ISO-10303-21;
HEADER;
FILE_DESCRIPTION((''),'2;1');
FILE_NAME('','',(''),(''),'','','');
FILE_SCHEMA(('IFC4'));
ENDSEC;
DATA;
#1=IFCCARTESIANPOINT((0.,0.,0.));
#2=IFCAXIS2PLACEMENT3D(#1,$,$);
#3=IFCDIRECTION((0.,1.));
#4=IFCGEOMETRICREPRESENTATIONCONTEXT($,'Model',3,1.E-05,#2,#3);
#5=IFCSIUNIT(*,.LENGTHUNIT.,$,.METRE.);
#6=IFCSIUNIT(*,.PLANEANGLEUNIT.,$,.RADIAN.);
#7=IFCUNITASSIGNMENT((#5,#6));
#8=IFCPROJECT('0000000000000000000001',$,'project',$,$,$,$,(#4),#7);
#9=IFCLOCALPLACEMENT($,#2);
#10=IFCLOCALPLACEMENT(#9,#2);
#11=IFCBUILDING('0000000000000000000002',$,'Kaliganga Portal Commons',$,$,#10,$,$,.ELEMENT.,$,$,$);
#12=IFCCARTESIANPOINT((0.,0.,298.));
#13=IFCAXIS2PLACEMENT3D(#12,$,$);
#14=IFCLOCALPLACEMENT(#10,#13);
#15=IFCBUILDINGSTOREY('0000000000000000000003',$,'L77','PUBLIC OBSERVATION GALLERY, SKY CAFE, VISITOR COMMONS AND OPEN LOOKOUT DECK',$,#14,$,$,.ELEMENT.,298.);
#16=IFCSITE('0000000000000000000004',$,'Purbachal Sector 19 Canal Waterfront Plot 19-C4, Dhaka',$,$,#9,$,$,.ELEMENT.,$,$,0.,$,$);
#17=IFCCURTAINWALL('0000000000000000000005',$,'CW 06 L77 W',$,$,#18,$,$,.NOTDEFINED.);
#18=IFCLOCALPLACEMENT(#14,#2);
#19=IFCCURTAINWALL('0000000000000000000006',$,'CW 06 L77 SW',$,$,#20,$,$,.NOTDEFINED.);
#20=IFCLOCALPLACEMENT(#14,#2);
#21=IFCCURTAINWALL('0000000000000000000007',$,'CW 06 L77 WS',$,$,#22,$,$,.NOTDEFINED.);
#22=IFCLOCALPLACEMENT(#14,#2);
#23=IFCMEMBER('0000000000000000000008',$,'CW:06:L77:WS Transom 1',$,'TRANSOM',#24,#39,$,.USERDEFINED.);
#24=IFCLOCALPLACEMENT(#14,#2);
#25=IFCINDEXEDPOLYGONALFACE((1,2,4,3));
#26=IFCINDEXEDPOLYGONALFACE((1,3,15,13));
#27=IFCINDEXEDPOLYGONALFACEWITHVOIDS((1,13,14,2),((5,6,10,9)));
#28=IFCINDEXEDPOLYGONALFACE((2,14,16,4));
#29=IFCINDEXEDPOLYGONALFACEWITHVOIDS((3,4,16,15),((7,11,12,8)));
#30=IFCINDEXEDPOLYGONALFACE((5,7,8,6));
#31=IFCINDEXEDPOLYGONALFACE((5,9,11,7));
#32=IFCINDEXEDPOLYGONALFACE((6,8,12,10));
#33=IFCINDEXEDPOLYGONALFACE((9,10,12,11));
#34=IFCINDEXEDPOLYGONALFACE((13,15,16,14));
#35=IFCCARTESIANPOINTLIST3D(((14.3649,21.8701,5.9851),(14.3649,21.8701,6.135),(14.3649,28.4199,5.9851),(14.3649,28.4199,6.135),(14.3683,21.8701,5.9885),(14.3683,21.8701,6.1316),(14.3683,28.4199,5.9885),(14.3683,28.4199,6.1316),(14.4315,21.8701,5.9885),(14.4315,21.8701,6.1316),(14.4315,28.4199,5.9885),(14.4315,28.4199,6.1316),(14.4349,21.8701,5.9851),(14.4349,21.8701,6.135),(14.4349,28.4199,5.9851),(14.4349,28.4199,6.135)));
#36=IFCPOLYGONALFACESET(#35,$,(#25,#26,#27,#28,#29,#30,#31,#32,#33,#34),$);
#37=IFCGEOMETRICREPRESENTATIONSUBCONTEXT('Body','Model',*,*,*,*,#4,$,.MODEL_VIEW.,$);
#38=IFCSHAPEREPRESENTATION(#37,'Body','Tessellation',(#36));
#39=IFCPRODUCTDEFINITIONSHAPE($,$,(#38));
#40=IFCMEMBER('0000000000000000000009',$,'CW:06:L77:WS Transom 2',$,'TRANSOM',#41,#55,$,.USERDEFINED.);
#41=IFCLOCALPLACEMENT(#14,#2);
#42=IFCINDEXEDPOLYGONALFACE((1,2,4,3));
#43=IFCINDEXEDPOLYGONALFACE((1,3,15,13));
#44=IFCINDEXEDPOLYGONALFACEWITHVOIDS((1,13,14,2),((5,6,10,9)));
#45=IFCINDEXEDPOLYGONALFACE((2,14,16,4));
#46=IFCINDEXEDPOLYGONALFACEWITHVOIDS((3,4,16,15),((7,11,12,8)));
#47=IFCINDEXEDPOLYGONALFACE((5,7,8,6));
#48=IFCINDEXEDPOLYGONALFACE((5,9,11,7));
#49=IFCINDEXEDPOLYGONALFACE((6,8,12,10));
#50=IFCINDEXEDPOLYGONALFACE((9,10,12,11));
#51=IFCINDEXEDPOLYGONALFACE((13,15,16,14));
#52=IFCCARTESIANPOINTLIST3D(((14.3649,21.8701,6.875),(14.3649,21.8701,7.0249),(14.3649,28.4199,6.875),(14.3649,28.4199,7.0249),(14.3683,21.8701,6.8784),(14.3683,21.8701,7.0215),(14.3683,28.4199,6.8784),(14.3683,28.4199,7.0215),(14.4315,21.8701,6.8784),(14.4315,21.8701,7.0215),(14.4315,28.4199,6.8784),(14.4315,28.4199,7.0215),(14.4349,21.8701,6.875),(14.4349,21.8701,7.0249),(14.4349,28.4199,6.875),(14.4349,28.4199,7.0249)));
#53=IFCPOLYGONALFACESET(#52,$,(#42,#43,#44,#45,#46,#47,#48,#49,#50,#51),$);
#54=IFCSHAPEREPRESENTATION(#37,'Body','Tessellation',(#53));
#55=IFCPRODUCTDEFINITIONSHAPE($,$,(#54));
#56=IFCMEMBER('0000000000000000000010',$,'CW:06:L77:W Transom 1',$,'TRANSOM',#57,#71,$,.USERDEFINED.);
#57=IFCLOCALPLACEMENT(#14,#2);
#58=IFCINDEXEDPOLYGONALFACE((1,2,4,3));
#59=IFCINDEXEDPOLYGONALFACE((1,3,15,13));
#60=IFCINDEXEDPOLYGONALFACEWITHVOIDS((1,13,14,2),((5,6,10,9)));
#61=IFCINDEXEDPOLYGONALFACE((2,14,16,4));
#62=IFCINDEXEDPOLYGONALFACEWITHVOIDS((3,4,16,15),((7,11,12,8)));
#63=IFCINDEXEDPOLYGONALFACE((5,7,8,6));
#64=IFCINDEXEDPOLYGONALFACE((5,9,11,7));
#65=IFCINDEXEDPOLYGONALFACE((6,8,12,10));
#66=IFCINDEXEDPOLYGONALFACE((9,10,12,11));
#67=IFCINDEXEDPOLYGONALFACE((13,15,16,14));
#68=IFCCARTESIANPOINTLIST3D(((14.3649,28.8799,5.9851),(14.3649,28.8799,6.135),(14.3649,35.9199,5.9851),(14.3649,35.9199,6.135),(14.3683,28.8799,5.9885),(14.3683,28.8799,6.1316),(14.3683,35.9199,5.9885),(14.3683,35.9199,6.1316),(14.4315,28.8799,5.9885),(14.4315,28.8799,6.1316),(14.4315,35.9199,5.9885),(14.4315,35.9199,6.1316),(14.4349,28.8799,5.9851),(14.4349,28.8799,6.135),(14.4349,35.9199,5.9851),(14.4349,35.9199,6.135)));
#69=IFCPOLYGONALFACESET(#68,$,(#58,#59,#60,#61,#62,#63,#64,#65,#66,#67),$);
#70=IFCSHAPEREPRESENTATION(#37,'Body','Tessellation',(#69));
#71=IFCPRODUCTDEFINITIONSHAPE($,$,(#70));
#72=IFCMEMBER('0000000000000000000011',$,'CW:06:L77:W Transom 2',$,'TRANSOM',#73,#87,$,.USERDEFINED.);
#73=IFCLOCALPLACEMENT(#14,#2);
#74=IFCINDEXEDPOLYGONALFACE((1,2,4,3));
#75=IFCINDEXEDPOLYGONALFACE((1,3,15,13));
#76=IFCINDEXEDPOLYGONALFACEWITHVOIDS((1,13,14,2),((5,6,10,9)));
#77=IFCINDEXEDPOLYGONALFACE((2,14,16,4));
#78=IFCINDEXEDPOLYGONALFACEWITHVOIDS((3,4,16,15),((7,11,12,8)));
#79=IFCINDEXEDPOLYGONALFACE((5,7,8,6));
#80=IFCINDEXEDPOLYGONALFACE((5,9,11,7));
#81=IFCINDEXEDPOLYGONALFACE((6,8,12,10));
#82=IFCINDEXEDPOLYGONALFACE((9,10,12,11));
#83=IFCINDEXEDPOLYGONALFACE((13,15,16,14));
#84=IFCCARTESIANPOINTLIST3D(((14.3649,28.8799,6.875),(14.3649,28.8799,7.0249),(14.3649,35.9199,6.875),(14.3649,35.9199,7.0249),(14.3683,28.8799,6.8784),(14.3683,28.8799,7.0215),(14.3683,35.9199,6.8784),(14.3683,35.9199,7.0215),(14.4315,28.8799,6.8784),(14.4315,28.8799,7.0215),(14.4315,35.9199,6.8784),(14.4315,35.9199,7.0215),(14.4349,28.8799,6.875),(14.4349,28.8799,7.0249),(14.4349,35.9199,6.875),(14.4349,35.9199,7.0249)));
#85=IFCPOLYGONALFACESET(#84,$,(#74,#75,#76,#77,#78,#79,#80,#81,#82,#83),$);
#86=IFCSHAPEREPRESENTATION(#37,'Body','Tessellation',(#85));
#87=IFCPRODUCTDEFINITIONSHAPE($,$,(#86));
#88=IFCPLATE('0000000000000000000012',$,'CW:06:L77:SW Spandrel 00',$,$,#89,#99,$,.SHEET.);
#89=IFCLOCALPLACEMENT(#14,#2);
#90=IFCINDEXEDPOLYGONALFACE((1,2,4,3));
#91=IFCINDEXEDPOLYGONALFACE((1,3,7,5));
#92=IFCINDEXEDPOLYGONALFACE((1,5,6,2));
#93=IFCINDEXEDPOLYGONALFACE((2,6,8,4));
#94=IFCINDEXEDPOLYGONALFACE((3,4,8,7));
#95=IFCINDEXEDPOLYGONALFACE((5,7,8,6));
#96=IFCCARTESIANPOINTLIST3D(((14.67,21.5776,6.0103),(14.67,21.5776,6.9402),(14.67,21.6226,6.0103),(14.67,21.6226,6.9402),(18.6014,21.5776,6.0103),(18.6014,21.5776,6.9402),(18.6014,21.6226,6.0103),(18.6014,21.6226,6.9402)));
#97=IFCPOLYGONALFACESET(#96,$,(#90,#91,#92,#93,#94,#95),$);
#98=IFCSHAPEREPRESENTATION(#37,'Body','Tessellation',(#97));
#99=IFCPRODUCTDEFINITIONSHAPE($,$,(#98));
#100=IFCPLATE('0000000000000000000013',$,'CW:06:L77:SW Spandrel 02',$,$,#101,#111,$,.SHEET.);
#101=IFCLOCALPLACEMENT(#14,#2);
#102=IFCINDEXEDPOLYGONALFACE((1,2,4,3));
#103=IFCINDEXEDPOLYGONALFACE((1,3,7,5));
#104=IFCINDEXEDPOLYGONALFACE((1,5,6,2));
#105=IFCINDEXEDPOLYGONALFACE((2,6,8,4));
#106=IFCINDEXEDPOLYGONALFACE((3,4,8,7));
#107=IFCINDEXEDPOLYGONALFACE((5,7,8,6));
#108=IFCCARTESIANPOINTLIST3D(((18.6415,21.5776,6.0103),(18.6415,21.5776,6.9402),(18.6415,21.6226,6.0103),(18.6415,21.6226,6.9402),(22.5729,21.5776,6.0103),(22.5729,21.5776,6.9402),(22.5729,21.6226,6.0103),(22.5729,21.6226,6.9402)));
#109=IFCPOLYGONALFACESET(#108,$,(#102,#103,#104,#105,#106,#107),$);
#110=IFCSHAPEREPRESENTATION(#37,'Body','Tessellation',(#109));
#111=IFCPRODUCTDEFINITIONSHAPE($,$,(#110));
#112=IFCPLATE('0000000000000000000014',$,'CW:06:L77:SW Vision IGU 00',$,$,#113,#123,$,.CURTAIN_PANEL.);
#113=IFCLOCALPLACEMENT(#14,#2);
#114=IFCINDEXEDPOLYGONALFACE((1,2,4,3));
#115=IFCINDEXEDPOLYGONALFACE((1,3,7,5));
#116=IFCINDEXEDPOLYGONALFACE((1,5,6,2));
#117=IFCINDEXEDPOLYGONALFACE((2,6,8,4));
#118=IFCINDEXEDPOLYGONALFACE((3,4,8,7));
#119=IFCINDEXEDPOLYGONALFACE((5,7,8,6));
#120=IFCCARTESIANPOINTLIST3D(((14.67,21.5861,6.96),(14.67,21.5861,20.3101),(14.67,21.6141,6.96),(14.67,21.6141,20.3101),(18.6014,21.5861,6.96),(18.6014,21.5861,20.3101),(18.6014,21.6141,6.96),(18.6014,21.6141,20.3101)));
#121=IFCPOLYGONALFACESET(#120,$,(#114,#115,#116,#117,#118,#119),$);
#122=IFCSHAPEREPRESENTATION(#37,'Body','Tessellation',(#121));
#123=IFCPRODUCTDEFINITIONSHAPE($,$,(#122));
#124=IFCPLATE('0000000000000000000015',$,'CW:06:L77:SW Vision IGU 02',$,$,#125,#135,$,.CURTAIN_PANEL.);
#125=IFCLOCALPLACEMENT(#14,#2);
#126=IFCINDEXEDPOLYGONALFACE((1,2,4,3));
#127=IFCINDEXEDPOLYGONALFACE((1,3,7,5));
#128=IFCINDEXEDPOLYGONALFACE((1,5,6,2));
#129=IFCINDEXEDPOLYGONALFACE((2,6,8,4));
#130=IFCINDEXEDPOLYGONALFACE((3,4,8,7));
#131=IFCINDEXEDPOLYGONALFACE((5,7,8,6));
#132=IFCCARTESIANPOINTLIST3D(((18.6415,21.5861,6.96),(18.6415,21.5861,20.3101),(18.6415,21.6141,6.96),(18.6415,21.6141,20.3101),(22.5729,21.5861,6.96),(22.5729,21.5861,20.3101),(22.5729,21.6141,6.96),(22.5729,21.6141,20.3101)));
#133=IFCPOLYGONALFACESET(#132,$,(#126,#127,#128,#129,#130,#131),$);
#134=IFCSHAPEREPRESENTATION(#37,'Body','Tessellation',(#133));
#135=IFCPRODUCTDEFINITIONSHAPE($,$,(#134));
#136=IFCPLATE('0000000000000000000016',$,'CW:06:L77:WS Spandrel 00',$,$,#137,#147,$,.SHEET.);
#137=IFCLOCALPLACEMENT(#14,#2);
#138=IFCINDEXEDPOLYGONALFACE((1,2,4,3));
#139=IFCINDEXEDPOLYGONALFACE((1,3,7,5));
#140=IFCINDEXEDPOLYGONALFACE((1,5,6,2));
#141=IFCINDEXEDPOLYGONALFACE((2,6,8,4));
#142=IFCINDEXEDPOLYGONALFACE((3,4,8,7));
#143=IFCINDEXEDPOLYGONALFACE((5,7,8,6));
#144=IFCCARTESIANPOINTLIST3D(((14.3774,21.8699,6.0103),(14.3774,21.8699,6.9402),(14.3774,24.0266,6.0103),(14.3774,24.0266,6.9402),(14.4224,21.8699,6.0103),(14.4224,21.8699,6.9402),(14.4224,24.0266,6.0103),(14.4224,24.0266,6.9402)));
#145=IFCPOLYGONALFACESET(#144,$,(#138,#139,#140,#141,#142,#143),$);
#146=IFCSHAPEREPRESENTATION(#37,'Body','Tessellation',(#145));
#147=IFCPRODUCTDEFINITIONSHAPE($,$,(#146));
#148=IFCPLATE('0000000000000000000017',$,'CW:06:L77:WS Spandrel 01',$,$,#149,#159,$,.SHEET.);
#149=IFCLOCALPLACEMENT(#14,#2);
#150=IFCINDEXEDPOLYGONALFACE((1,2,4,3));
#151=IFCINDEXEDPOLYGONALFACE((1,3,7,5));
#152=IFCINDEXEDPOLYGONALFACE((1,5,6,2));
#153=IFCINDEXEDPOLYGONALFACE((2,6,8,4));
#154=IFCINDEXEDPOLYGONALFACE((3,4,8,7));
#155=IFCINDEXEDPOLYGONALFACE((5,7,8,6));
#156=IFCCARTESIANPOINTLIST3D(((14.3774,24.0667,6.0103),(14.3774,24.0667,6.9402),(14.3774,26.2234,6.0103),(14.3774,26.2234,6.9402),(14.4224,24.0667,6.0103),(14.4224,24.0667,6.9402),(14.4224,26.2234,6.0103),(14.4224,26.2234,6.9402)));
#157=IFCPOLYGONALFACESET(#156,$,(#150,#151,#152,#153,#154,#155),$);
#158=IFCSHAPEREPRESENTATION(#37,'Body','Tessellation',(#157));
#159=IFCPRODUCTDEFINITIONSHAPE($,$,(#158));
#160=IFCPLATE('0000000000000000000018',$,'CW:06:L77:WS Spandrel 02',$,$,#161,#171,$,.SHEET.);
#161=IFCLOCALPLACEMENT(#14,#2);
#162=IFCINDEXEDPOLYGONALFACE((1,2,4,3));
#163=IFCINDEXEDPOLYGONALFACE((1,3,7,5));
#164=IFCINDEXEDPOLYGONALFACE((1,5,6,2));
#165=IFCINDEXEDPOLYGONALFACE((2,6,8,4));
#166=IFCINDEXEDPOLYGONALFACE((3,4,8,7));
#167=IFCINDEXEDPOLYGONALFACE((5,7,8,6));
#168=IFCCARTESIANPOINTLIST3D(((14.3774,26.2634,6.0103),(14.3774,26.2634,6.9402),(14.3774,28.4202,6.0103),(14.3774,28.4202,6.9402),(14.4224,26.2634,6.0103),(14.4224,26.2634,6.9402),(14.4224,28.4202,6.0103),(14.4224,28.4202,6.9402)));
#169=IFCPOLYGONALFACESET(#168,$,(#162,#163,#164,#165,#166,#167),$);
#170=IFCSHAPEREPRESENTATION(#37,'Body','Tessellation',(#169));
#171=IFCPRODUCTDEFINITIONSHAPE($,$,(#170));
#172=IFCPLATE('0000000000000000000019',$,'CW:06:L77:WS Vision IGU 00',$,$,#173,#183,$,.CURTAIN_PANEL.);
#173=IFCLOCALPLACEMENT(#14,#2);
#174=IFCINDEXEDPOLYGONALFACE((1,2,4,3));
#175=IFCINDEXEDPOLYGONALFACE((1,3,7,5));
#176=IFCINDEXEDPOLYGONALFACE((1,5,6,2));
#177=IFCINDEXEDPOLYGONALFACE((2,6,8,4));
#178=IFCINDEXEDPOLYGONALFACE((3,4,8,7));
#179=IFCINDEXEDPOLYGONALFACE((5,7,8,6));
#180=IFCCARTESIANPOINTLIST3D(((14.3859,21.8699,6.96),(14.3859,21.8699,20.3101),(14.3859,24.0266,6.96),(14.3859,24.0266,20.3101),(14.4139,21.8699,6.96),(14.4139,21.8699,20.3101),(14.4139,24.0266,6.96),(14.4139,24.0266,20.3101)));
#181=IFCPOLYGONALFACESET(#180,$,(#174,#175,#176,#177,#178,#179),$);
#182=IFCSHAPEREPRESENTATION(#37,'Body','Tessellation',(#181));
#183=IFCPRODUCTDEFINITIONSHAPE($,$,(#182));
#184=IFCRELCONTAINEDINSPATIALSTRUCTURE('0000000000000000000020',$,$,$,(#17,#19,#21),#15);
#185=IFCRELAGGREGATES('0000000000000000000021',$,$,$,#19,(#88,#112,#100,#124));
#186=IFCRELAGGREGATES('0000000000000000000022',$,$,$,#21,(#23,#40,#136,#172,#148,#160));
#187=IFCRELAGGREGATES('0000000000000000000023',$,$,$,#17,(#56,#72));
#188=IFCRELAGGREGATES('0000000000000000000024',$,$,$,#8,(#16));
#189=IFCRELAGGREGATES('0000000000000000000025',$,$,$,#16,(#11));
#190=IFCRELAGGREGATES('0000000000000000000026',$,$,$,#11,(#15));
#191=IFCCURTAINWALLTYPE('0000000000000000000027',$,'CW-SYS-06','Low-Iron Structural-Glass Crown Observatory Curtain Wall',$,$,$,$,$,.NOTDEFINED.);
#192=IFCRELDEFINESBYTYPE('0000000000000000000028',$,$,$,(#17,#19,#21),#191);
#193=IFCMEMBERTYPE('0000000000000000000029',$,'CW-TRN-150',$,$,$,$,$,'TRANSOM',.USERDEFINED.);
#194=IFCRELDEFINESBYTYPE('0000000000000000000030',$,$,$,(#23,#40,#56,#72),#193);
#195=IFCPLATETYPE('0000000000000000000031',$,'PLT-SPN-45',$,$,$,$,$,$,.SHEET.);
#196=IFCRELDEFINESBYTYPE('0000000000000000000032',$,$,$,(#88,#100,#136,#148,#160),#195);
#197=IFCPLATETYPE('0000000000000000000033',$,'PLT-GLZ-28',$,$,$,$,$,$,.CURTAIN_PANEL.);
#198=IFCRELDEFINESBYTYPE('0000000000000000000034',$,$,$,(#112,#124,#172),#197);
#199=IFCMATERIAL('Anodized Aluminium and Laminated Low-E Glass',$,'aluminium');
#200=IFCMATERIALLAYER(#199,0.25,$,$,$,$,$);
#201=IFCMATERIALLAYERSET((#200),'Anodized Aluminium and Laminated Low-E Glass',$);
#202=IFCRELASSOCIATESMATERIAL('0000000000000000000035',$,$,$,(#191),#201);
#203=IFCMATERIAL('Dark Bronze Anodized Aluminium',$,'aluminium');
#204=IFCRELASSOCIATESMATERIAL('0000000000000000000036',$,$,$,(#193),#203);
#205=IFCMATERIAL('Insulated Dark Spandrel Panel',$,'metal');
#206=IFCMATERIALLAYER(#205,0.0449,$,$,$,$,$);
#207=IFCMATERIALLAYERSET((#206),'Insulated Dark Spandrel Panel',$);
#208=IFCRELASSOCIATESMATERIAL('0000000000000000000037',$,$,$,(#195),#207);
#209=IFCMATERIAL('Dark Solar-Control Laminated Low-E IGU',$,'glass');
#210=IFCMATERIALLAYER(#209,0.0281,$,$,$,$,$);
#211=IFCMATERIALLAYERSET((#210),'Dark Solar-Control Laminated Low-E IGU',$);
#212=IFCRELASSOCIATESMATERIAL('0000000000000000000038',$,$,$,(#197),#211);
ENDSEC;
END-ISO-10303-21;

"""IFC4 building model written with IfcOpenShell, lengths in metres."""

from ifc_helpers import new_model, si_unit, direction, frame, origin, origin_2d, place, context, subcontext, project, spatial, rectangle, hollow_rectangle, extrude, source, transform, mapped, material, layer, layer_set, material_profile, profile_set, type_object, element, aggregate, save


model = new_model("IFC4")

# Units and contexts
model_context = context("Model", 3, precision=1e-05, world=origin(), true_north=direction((0.0, 1.0)))
body_context = subcontext(model_context, "Body", "Model", "MODEL_VIEW")
ifc_project = project(units=[si_unit("LENGTHUNIT", "METRE"), si_unit("PLANEANGLEUNIT", "RADIAN")], contexts=[model_context])

# Site, building, storey
site_placement = place(None, origin())
site = spatial("IfcSite", under=ifc_project, at=site_placement, Name="Purbachal Sector 19 Canal Waterfront Plot 19-C4, Dhaka", CompositionType="ELEMENT", RefElevation=0.0)
building_placement = place(site_placement, origin())
building = spatial("IfcBuilding", under=site, at=building_placement, Name="Kaliganga Portal Commons", CompositionType="ELEMENT")
storey_placement = place(building_placement, frame((0.0, 0.0, 298.0)))
storey = spatial("IfcBuildingStorey", under=building, at=storey_placement, Name="L77", Description="PUBLIC OBSERVATION GALLERY, SKY CAFE, VISITOR COMMONS AND OPEN LOOKOUT DECK", CompositionType="ELEMENT", Elevation=298.0)

# Curtain walls, members
ifc_material_1 = material(Name="Anodized Aluminium and Laminated Low-E Glass", Category="aluminium")
ifc_layer_1 = layer(ifc_material_1, 0.25)
ifc_layer_set_1 = layer_set([ifc_layer_1], Name="Anodized Aluminium and Laminated Low-E Glass")
curtain_wall_type = type_object("IfcCurtainWallType", Name="CW-SYS-06", Description="Low-Iron Structural-Glass Crown Observatory Curtain Wall", PredefinedType="NOTDEFINED", material=ifc_layer_set_1)
curtain_wall_1_placement = place(storey_placement, origin())
curtain_wall_1 = element("IfcCurtainWall", 1, at=curtain_wall_1_placement, inside=storey, type_object=curtain_wall_type, Name="CW 06 L77 W", PredefinedType="NOTDEFINED")
ifc_material_2 = material(Name="Dark Bronze Anodized Aluminium", Category="aluminium")
curtain_wall_2_placement = place(storey_placement, origin())
curtain_wall_2 = element("IfcCurtainWall", 2, at=curtain_wall_2_placement, inside=storey, type_object=curtain_wall_type, Name="CW 06 L77 SW", PredefinedType="NOTDEFINED")
ifc_material_profile_1 = material_profile(ifc_material_2, hollow_rectangle(XDim=0.0701, YDim=0.1499, WallThickness=0.0034, at=origin_2d()), Name="ALU TRAN 70x150x3.5")
ifc_profile_set_1 = profile_set([ifc_material_profile_1], Name="Dark Bronze Anodized Aluminium")
member_type_1 = type_object("IfcMemberType", Name="CW-TRN-150", ElementType="TRANSOM", PredefinedType="USERDEFINED", material=ifc_profile_set_1)
curtain_wall_3_placement = place(storey_placement, origin())
curtain_wall_3 = element("IfcCurtainWall", 3, at=curtain_wall_3_placement, inside=storey, type_object=curtain_wall_type, Name="CW 06 L77 WS", PredefinedType="NOTDEFINED")
shared_shape_1 = source(origin(), body_context, "Body", "SweptSolid", [
    extrude(hollow_rectangle(XDim=0.0701, YDim=0.1499, WallThickness=0.0034, at=origin_2d()), origin(), (0.0, 0.0, 1.0), 6.5498),
])
member_1_placement = place(storey_placement, frame((14.3999, 21.8701, 6.0601), z_axis=(0.0, 1.0, 0.0), x_axis=(-1.0, 0.0, 0.0)))
member_1 = element("IfcMember", 4, at=member_1_placement, type_object=member_type_1, Name="CW:06:L77:WS Transom 1", ObjectType="TRANSOM", PredefinedType="USERDEFINED", context=body_context, shape_type="MappedRepresentation", body=[
    mapped(shared_shape_1, transform((0.0, 0.0, 0.0), x_axis=(1.0, 0.0, 0.0), y_axis=(0.0, 1.0, 0.0), z_axis=(0.0, 0.0, 1.0), scale=1.0)),
])
member_2_placement = place(storey_placement, frame((14.3999, 21.8701, 6.95), z_axis=(0.0, 1.0, 0.0), x_axis=(-1.0, 0.0, 0.0)))
member_2 = element("IfcMember", 5, at=member_2_placement, type_object=member_type_1, Name="CW:06:L77:WS Transom 2", ObjectType="TRANSOM", PredefinedType="USERDEFINED", context=body_context, shape_type="MappedRepresentation", body=[
    mapped(shared_shape_1, transform((0.0, 0.0, 0.0), x_axis=(1.0, 0.0, 0.0), y_axis=(0.0, 1.0, 0.0), z_axis=(0.0, 0.0, 1.0), scale=1.0)),
])

# Members
shared_shape_2 = source(origin(), body_context, "Body", "SweptSolid", [
    extrude(hollow_rectangle(XDim=0.0701, YDim=0.1499, WallThickness=0.0034, at=origin_2d()), origin(), (0.0, 0.0, 1.0), 7.04),
])
member_3_placement = place(storey_placement, frame((14.3999, 28.8799, 6.0601), z_axis=(0.0, 1.0, 0.0), x_axis=(-1.0, 0.0, 0.0)))
member_3 = element("IfcMember", 6, at=member_3_placement, type_object=member_type_1, Name="CW:06:L77:W Transom 1", ObjectType="TRANSOM", PredefinedType="USERDEFINED", context=body_context, shape_type="MappedRepresentation", body=[
    mapped(shared_shape_2, transform((0.0, 0.0, 0.0), x_axis=(1.0, 0.0, 0.0), y_axis=(0.0, 1.0, 0.0), z_axis=(0.0, 0.0, 1.0), scale=1.0)),
])
member_4_placement = place(storey_placement, frame((14.3999, 28.8799, 6.95), z_axis=(0.0, 1.0, 0.0), x_axis=(-1.0, 0.0, 0.0)))
member_4 = element("IfcMember", 7, at=member_4_placement, type_object=member_type_1, Name="CW:06:L77:W Transom 2", ObjectType="TRANSOM", PredefinedType="USERDEFINED", context=body_context, shape_type="MappedRepresentation", body=[
    mapped(shared_shape_2, transform((0.0, 0.0, 0.0), x_axis=(1.0, 0.0, 0.0), y_axis=(0.0, 1.0, 0.0), z_axis=(0.0, 0.0, 1.0), scale=1.0)),
])

# Plates
ifc_material_3 = material(Name="Insulated Dark Spandrel Panel", Category="metal")
ifc_layer_2 = layer(ifc_material_3, 0.0449)
ifc_layer_set_2 = layer_set([ifc_layer_2], Name="Insulated Dark Spandrel Panel")
plate_type_1 = type_object("IfcPlateType", Name="PLT-SPN-45", PredefinedType="SHEET", material=ifc_layer_set_2)
shared_shape_3 = source(origin(), body_context, "Body", "SweptSolid", [
    extrude(rectangle(XDim=3.9314, YDim=0.0449, at=origin_2d()), origin(), (0.0, 0.0, 1.0), 0.9299),
])
plate_1_placement = place(storey_placement, frame((16.6357, 21.6001, 6.0103), z_axis=(0.0, 0.0, 1.0), x_axis=(1.0, 0.0, 0.0)))
plate_1 = element("IfcPlate", 8, at=plate_1_placement, type_object=plate_type_1, Name="CW:06:L77:SW Spandrel 00", PredefinedType="SHEET", context=body_context, shape_type="MappedRepresentation", body=[
    mapped(shared_shape_3, transform((0.0, 0.0, 0.0), x_axis=(1.0, 0.0, 0.0), y_axis=(0.0, 1.0, 0.0), z_axis=(0.0, 0.0, 1.0), scale=1.0)),
])
plate_2_placement = place(storey_placement, frame((20.6072, 21.6001, 6.0103), z_axis=(0.0, 0.0, 1.0), x_axis=(1.0, 0.0, 0.0)))
plate_2 = element("IfcPlate", 9, at=plate_2_placement, type_object=plate_type_1, Name="CW:06:L77:SW Spandrel 02", PredefinedType="SHEET", context=body_context, shape_type="MappedRepresentation", body=[
    mapped(shared_shape_3, transform((0.0, 0.0, 0.0), x_axis=(1.0, 0.0, 0.0), y_axis=(0.0, 1.0, 0.0), z_axis=(0.0, 0.0, 1.0), scale=1.0)),
])
ifc_material_4 = material(Name="Dark Solar-Control Laminated Low-E IGU", Category="glass")
ifc_layer_3 = layer(ifc_material_4, 0.0281)
ifc_layer_set_3 = layer_set([ifc_layer_3], Name="Dark Solar-Control Laminated Low-E IGU")
plate_type_2 = type_object("IfcPlateType", Name="PLT-GLZ-28", PredefinedType="CURTAIN_PANEL", material=ifc_layer_set_3)
shared_shape_4 = source(origin(), body_context, "Body", "SweptSolid", [
    extrude(rectangle(XDim=3.9314, YDim=0.0281, at=origin_2d()), origin(), (0.0, 0.0, 1.0), 13.3501),
])
plate_3_placement = place(storey_placement, frame((16.6357, 21.6001, 6.96), z_axis=(0.0, 0.0, 1.0), x_axis=(1.0, 0.0, 0.0)))
plate_3 = element("IfcPlate", 10, at=plate_3_placement, type_object=plate_type_2, Name="CW:06:L77:SW Vision IGU 00", PredefinedType="CURTAIN_PANEL", context=body_context, shape_type="MappedRepresentation", body=[
    mapped(shared_shape_4, transform((0.0, 0.0, 0.0), x_axis=(1.0, 0.0, 0.0), y_axis=(0.0, 1.0, 0.0), z_axis=(0.0, 0.0, 1.0), scale=1.0)),
])
plate_4_placement = place(storey_placement, frame((20.6072, 21.6001, 6.96), z_axis=(0.0, 0.0, 1.0), x_axis=(1.0, 0.0, 0.0)))
plate_4 = element("IfcPlate", 11, at=plate_4_placement, type_object=plate_type_2, Name="CW:06:L77:SW Vision IGU 02", PredefinedType="CURTAIN_PANEL", context=body_context, shape_type="MappedRepresentation", body=[
    mapped(shared_shape_4, transform((0.0, 0.0, 0.0), x_axis=(1.0, 0.0, 0.0), y_axis=(0.0, 1.0, 0.0), z_axis=(0.0, 0.0, 1.0), scale=1.0)),
])
aggregate(curtain_wall_2, [plate_1, plate_3, plate_2, plate_4])
shared_shape_5 = source(origin(), body_context, "Body", "SweptSolid", [
    extrude(rectangle(XDim=2.1567, YDim=0.0449, at=origin_2d()), origin(), (0.0, 0.0, 1.0), 0.9299),
])
plate_5_placement = place(storey_placement, frame((14.3999, 22.9482, 6.0103), z_axis=(0.0, 0.0, 1.0), x_axis=(0.0, 1.0, 0.0)))
plate_5 = element("IfcPlate", 12, at=plate_5_placement, type_object=plate_type_1, Name="CW:06:L77:WS Spandrel 00", PredefinedType="SHEET", context=body_context, shape_type="MappedRepresentation", body=[
    mapped(shared_shape_5, transform((0.0, 0.0, 0.0), x_axis=(1.0, 0.0, 0.0), y_axis=(0.0, 1.0, 0.0), z_axis=(0.0, 0.0, 1.0), scale=1.0)),
])
plate_6_placement = place(storey_placement, frame((14.3999, 25.145, 6.0103), z_axis=(0.0, 0.0, 1.0), x_axis=(0.0, 1.0, 0.0)))
plate_6 = element("IfcPlate", 13, at=plate_6_placement, type_object=plate_type_1, Name="CW:06:L77:WS Spandrel 01", PredefinedType="SHEET", context=body_context, shape_type="MappedRepresentation", body=[
    mapped(shared_shape_5, transform((0.0, 0.0, 0.0), x_axis=(1.0, 0.0, 0.0), y_axis=(0.0, 1.0, 0.0), z_axis=(0.0, 0.0, 1.0), scale=1.0)),
])
plate_7_placement = place(storey_placement, frame((14.3999, 27.3418, 6.0103), z_axis=(0.0, 0.0, 1.0), x_axis=(0.0, 1.0, 0.0)))
plate_7 = element("IfcPlate", 14, at=plate_7_placement, type_object=plate_type_1, Name="CW:06:L77:WS Spandrel 02", PredefinedType="SHEET", context=body_context, shape_type="MappedRepresentation", body=[
    mapped(shared_shape_5, transform((0.0, 0.0, 0.0), x_axis=(1.0, 0.0, 0.0), y_axis=(0.0, 1.0, 0.0), z_axis=(0.0, 0.0, 1.0), scale=1.0)),
])
shared_shape_6 = source(origin(), body_context, "Body", "SweptSolid", [
    extrude(rectangle(XDim=2.1567, YDim=0.0281, at=origin_2d()), origin(), (0.0, 0.0, 1.0), 13.3501),
])
plate_8_placement = place(storey_placement, frame((14.3999, 22.9482, 6.96), z_axis=(0.0, 0.0, 1.0), x_axis=(0.0, 1.0, 0.0)))
plate_8 = element("IfcPlate", 15, at=plate_8_placement, type_object=plate_type_2, Name="CW:06:L77:WS Vision IGU 00", PredefinedType="CURTAIN_PANEL", context=body_context, shape_type="MappedRepresentation", body=[
    mapped(shared_shape_6, transform((0.0, 0.0, 0.0), x_axis=(1.0, 0.0, 0.0), y_axis=(0.0, 1.0, 0.0), z_axis=(0.0, 0.0, 1.0), scale=1.0)),
])
aggregate(curtain_wall_3, [member_1, member_2, plate_5, plate_8, plate_6, plate_7])
aggregate(curtain_wall_1, [member_3, member_4])

save(model, "model.ifc")
